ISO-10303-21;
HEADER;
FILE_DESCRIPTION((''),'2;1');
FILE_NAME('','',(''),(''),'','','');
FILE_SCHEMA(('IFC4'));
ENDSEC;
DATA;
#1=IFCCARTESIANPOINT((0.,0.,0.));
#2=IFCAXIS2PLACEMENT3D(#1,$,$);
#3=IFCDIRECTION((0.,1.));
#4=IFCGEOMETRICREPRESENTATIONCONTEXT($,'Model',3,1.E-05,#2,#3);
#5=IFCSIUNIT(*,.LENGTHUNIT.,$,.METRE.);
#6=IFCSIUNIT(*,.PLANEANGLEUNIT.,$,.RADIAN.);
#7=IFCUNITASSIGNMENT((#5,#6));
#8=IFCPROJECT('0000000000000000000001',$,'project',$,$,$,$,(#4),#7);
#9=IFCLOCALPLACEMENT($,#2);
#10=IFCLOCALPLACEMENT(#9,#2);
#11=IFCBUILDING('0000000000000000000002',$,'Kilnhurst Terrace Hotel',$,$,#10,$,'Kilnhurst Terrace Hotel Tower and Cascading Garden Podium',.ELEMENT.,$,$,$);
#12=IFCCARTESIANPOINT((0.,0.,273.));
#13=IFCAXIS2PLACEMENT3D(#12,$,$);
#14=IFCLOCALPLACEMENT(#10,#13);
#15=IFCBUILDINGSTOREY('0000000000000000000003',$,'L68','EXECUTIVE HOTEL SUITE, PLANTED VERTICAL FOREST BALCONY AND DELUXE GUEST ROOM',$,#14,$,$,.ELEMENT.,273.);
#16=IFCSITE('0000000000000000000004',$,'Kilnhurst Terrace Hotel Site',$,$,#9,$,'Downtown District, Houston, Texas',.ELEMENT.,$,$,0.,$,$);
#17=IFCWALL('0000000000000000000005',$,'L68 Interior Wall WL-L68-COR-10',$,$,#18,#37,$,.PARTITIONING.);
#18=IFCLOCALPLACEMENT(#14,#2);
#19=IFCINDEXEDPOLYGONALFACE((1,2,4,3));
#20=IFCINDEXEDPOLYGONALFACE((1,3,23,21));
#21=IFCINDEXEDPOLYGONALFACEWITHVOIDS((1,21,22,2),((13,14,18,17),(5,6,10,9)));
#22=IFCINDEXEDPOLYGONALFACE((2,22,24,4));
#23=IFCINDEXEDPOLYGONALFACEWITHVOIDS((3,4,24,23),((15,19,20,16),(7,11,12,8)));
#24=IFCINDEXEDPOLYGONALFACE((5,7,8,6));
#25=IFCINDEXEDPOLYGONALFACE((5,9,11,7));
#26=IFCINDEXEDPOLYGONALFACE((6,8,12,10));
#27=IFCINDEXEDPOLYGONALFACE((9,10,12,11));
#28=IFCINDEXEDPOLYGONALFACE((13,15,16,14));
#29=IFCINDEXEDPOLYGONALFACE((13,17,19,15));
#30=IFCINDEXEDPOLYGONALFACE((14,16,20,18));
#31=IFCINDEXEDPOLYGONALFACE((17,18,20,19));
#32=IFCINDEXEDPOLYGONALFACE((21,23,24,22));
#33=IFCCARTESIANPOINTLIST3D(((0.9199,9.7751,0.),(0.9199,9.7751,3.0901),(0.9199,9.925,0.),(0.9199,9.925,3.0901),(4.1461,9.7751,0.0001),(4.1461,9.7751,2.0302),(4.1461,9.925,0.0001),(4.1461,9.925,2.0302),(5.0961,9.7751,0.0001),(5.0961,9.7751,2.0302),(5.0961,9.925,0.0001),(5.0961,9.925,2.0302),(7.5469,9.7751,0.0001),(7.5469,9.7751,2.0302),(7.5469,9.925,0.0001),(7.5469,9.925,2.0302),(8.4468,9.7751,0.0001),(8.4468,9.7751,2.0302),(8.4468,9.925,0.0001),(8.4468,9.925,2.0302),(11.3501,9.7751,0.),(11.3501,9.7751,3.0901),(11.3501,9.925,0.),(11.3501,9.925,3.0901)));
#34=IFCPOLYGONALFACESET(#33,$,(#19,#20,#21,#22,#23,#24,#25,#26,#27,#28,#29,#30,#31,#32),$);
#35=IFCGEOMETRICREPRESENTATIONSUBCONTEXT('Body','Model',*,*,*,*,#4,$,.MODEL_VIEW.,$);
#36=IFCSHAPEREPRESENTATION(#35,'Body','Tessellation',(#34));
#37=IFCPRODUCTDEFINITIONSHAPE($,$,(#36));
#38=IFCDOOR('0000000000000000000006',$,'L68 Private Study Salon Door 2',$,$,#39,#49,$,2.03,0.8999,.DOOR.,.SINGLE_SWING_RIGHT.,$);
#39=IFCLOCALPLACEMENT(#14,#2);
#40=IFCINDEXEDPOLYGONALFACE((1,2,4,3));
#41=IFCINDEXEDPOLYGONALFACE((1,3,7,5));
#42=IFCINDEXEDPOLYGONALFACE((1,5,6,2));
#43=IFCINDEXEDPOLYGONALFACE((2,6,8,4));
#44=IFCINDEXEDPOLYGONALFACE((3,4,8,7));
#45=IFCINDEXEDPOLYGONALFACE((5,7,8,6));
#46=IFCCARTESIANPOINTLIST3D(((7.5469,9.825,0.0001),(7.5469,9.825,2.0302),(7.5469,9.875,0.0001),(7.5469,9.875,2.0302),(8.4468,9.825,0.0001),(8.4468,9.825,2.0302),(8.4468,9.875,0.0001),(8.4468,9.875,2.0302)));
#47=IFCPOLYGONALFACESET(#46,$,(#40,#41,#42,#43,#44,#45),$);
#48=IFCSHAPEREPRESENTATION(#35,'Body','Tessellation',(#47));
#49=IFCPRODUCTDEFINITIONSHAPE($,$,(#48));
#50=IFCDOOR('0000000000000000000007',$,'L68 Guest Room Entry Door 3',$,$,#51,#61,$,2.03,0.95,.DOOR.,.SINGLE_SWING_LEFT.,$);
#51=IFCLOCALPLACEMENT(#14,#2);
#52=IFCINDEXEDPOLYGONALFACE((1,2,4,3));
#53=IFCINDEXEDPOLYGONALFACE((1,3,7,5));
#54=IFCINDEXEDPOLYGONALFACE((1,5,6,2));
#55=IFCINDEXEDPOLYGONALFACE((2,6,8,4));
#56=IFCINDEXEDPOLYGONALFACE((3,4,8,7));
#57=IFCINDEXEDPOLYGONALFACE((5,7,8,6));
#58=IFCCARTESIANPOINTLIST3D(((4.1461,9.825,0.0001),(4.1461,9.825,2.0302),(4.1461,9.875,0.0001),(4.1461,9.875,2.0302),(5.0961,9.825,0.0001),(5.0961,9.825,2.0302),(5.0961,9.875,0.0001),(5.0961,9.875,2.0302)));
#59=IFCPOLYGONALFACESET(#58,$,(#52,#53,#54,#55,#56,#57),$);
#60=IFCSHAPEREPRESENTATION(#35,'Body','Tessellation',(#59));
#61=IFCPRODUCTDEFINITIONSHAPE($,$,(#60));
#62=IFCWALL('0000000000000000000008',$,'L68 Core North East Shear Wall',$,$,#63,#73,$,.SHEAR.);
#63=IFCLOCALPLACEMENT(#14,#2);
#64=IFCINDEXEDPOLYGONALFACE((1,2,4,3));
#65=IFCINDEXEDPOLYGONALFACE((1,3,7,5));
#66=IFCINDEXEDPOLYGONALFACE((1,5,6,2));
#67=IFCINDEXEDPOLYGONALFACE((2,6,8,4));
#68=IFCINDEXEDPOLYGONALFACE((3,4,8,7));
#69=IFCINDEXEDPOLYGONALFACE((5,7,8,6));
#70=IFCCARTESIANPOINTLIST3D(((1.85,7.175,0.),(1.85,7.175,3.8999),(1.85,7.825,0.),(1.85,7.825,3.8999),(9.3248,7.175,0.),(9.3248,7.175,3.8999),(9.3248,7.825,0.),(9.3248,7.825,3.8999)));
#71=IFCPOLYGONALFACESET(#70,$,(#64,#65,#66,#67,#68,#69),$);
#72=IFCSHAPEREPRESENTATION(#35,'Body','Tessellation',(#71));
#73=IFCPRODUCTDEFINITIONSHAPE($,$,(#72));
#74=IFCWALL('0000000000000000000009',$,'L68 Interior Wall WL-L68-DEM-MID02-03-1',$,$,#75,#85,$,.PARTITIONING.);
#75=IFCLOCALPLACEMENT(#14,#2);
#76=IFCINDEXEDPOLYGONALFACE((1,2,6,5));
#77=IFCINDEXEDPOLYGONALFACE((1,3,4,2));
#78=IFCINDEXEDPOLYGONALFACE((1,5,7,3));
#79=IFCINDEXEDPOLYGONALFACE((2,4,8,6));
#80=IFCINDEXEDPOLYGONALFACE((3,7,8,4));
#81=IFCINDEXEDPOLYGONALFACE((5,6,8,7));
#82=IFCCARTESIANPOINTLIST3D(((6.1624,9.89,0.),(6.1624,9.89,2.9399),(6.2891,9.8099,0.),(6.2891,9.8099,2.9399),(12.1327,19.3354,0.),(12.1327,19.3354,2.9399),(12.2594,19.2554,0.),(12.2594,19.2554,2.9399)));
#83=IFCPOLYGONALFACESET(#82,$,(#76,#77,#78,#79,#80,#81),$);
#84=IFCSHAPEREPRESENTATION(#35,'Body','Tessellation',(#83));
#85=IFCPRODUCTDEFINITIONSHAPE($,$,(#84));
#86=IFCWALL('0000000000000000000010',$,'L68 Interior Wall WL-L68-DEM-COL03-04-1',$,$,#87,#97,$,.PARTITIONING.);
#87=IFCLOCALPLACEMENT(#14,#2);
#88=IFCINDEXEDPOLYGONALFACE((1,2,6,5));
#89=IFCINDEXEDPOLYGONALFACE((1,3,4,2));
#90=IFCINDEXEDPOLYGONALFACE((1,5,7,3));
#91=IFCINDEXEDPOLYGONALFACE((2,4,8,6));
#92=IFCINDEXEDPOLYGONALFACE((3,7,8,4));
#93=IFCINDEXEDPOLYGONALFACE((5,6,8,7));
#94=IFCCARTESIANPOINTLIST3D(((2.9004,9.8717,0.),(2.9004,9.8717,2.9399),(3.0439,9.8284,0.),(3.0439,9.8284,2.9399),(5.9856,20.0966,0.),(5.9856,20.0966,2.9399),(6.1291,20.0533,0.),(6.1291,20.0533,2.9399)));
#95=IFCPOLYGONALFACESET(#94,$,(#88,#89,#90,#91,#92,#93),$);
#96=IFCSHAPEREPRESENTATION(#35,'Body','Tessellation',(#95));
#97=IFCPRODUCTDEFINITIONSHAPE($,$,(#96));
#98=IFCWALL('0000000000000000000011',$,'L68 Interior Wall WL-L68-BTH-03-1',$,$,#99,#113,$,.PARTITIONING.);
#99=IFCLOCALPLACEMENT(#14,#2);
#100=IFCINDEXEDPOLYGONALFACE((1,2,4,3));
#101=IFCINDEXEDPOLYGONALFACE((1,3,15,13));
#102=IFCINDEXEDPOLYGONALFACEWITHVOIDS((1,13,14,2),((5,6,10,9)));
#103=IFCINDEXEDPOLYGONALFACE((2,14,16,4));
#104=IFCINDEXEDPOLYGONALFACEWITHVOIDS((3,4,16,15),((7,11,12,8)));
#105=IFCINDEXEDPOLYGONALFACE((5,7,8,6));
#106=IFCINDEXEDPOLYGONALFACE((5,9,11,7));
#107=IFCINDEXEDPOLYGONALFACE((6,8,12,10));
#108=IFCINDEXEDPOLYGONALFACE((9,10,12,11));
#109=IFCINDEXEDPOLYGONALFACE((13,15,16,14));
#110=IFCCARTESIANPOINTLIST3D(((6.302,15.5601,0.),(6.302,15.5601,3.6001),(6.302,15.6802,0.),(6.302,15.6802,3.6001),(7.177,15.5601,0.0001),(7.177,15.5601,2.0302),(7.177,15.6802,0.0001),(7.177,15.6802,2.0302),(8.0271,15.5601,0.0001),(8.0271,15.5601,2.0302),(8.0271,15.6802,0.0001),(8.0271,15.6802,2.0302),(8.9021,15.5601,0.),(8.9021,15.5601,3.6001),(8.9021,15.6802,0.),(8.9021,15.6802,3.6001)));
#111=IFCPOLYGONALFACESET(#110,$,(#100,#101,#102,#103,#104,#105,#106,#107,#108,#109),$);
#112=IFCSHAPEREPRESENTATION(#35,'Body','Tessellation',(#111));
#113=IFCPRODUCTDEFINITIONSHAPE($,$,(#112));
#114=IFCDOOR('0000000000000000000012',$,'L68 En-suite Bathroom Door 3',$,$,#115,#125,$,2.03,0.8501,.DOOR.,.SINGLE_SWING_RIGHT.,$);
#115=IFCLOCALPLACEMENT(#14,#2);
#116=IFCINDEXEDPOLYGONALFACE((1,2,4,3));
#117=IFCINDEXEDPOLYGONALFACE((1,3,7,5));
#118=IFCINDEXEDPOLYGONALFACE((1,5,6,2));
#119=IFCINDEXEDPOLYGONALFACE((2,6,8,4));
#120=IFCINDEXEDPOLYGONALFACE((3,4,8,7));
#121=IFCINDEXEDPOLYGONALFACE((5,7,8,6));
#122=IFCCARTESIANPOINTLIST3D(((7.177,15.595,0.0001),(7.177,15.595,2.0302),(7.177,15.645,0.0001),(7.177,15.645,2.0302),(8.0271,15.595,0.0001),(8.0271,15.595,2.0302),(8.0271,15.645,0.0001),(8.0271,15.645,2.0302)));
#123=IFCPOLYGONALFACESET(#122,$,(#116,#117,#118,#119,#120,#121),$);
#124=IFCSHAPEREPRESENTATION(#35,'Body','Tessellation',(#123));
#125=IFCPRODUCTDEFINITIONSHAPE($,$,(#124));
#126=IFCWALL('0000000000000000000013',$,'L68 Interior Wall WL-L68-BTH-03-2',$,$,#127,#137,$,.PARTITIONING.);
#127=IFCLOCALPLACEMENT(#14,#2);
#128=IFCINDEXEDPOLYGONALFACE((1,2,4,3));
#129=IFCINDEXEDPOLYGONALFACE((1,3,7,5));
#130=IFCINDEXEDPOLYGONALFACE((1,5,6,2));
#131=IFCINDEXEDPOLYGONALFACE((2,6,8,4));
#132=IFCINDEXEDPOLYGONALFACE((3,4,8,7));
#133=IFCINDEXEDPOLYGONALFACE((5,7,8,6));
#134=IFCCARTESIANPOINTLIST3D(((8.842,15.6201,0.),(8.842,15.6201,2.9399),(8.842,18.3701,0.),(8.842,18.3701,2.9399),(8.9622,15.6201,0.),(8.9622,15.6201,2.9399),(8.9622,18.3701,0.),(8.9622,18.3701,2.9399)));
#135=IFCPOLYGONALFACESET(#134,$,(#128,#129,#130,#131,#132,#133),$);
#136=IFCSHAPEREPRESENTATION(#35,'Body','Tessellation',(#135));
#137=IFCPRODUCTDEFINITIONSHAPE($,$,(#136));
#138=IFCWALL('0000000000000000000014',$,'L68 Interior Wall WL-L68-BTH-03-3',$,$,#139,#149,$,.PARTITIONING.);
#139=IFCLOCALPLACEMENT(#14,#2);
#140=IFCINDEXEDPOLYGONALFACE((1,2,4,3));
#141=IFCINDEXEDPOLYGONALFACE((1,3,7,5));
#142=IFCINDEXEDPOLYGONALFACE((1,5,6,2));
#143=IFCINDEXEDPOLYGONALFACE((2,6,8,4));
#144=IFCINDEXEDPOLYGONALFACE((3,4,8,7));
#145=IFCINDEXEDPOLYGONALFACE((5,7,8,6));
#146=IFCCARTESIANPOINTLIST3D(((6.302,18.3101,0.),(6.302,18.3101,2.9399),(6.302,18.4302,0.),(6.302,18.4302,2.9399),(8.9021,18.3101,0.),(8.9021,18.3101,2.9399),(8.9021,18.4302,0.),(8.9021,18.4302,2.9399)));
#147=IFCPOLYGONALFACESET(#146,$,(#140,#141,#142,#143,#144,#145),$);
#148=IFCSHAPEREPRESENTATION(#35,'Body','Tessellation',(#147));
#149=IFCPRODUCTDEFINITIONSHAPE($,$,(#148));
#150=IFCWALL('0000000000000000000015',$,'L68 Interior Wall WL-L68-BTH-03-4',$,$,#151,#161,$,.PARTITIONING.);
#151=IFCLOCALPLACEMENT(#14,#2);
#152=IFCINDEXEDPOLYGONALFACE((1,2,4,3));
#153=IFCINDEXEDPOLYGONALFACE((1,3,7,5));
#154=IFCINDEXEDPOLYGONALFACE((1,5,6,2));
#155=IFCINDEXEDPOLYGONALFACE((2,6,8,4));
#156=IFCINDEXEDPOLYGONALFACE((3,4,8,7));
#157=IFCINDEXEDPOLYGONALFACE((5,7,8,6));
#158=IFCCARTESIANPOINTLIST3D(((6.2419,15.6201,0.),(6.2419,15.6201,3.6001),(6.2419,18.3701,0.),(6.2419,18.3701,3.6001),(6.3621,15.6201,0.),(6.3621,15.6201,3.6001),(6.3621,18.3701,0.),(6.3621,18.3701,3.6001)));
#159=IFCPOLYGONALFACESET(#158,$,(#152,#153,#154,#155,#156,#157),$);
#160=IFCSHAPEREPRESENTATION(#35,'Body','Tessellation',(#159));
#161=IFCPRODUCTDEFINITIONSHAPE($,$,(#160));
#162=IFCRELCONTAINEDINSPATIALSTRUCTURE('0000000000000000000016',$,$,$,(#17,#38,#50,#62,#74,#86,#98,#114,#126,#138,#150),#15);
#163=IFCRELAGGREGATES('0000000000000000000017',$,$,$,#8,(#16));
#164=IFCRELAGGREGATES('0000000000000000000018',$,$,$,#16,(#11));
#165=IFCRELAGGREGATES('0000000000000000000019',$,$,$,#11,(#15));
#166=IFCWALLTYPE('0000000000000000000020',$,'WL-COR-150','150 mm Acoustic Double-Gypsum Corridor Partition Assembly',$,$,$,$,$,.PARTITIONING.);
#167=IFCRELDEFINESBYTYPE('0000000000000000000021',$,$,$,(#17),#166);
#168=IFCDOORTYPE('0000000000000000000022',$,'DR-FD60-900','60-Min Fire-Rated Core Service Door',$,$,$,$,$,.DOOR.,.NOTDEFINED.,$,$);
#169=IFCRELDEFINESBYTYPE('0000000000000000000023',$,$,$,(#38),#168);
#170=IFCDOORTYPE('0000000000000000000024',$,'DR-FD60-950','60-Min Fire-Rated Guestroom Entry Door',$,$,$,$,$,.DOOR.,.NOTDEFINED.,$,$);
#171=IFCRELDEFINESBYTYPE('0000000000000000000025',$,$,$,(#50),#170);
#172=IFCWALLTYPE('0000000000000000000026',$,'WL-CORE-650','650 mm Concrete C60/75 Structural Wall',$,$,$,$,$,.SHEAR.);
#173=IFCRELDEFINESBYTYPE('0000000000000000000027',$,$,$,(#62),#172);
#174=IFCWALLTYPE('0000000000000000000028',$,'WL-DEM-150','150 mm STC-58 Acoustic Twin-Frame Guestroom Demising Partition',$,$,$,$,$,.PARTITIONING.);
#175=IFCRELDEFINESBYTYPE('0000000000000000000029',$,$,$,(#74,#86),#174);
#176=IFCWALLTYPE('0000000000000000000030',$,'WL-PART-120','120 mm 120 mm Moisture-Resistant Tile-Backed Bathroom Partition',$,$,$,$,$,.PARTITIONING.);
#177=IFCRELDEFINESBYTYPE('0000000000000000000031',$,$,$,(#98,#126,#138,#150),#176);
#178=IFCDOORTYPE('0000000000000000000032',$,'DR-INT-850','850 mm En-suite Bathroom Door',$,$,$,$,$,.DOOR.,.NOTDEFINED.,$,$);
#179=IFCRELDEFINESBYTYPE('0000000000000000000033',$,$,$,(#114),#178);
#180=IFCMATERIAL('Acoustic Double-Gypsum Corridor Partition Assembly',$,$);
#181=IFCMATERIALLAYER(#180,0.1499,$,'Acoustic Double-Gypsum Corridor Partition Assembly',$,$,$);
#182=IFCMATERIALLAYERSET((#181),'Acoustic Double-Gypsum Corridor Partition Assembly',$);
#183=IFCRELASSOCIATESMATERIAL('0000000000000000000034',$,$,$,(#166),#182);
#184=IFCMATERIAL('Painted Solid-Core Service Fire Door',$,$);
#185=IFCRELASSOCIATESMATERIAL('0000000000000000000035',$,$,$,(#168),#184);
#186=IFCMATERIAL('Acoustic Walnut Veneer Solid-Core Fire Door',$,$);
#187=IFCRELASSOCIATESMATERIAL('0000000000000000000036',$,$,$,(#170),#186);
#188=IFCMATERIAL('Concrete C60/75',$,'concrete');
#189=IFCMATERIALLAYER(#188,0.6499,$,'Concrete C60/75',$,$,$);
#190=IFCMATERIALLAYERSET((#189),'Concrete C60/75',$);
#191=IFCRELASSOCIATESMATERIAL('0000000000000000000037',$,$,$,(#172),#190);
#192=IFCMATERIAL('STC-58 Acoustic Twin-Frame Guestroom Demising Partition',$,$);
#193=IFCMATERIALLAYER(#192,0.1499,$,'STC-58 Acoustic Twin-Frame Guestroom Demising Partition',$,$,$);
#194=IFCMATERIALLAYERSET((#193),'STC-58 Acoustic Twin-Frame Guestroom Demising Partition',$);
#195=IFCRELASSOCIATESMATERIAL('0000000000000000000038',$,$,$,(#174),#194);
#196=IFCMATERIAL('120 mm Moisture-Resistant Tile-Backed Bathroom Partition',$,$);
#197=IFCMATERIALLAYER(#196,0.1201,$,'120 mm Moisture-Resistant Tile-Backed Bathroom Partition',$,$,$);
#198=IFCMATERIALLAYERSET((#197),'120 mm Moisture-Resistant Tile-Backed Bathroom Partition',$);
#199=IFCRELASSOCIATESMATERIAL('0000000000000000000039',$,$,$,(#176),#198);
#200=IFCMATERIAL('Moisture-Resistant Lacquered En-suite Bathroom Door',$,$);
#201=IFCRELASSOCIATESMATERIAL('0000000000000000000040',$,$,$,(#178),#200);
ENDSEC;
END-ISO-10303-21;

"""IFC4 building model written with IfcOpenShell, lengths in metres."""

from ifc_helpers import new_model, si_unit, direction, frame, frame_2d, origin, place, context, subcontext, project, spatial, rectangle, extrude, material, layer, layer_set, type_object, element, fill, save


model = new_model("IFC4")

# Units and contexts
model_context = context("Model", 3, precision=1e-05, world=origin(), true_north=direction((0.0, 1.0)))
body_context = subcontext(model_context, "Body", "Model", "MODEL_VIEW")
ifc_project = project(units=[si_unit("LENGTHUNIT", "METRE"), si_unit("PLANEANGLEUNIT", "RADIAN")], contexts=[model_context])

# Site, building, storey
site_placement = place(None, origin())
site = spatial("IfcSite", under=ifc_project, at=site_placement, Name="Kilnhurst Terrace Hotel Site", LongName="Downtown District, Houston, Texas", CompositionType="ELEMENT", RefElevation=0.0)
building_placement = place(site_placement, origin())
building = spatial("IfcBuilding", under=site, at=building_placement, Name="Kilnhurst Terrace Hotel", LongName="Kilnhurst Terrace Hotel Tower and Cascading Garden Podium", CompositionType="ELEMENT")
storey_placement = place(building_placement, frame((0.0, 0.0, 273.0)))
storey = spatial("IfcBuildingStorey", under=building, at=storey_placement, Name="L68", Description="EXECUTIVE HOTEL SUITE, PLANTED VERTICAL FOREST BALCONY AND DELUXE GUEST ROOM", CompositionType="ELEMENT", Elevation=273.0)

# Shared definitions
ifc_material_1 = material(Name="Concrete C60/75", Category="concrete")

# Shared definitions
ifc_material_2 = material(Name="Acoustic Double-Gypsum Corridor Partition Assembly")
ifc_layer_1 = layer(ifc_material_2, 0.1499, Name="Acoustic Double-Gypsum Corridor Partition Assembly")
ifc_layer_set_1 = layer_set([ifc_layer_1], Name="Acoustic Double-Gypsum Corridor Partition Assembly")
wall_type_1 = type_object("IfcWallType", Name="WL-COR-150", Description="150 mm Acoustic Double-Gypsum Corridor Partition Assembly", PredefinedType="PARTITIONING", material=ifc_layer_set_1)

# Wall, openings, doors
wall_1_placement = place(storey_placement, frame((0.9199, 9.8501, 0.0), z_axis=(0.0, 0.0, 1.0), x_axis=(1.0, 0.0, 0.0)))
wall_1 = element("IfcWall", 1, at=wall_1_placement, inside=storey, type_object=wall_type_1, Name="L68 Interior Wall WL-L68-COR-10", PredefinedType="PARTITIONING", context=body_context, shape_type="SweptSolid", body=[
    extrude(rectangle(XDim=10.4302, YDim=0.1499, at=frame_2d((5.2151, 0.0))), origin(), (0.0, 0.0, 1.0), 3.0901),
])
opening_1_placement = place(wall_1_placement, frame((6.627, 0.0, 0.0)))
opening_1 = element("IfcOpeningElement", 2, at=opening_1_placement, cuts=wall_1, PredefinedType="OPENING", context=body_context, shape_type="SweptSolid", body=[
    extrude(rectangle(XDim=0.8999, YDim=2.03, at=frame_2d((0.45, 1.0151))), frame((0.0, 0.085, 0.0), z_axis=(0.0, -1.0, 0.0), x_axis=(1.0, 0.0, 0.0)), (0.0, 0.0, 1.0), 0.1699),
])
opening_2_placement = place(wall_1_placement, frame((3.2261, 0.0, 0.0)))
opening_2 = element("IfcOpeningElement", 3, at=opening_2_placement, cuts=wall_1, PredefinedType="OPENING", context=body_context, shape_type="SweptSolid", body=[
    extrude(rectangle(XDim=0.95, YDim=2.03, at=frame_2d((0.4751, 1.0151))), frame((0.0, 0.085, 0.0), z_axis=(0.0, -1.0, 0.0), x_axis=(1.0, 0.0, 0.0)), (0.0, 0.0, 1.0), 0.1699),
])
ifc_material_3 = material(Name="Painted Solid-Core Service Fire Door")
door_type_1 = type_object("IfcDoorType", Name="DR-FD60-900", Description="60-Min Fire-Rated Core Service Door", OperationType="NOTDEFINED", PredefinedType="DOOR", material=ifc_material_3)
door_1_placement = place(opening_1_placement, origin())
door_1 = element("IfcDoor", 4, at=door_1_placement, inside=storey, type_object=door_type_1, Name="L68 Private Study Salon Door 2", OperationType="SINGLE_SWING_RIGHT", OverallHeight=2.03, OverallWidth=0.8999, PredefinedType="DOOR", context=body_context, shape_type="SweptSolid", body=[
    extrude(rectangle(XDim=0.8999, YDim=2.03, at=frame_2d((0.45, 1.0151))), frame((0.0, 0.0249, 0.0), z_axis=(0.0, -1.0, 0.0), x_axis=(1.0, 0.0, 0.0)), (0.0, 0.0, 1.0), 0.05),
])
fill(opening_1, door_1)
ifc_material_4 = material(Name="Acoustic Walnut Veneer Solid-Core Fire Door")
door_type_2 = type_object("IfcDoorType", Name="DR-FD60-950", Description="60-Min Fire-Rated Guestroom Entry Door", OperationType="NOTDEFINED", PredefinedType="DOOR", material=ifc_material_4)
door_2_placement = place(opening_2_placement, origin())
door_2 = element("IfcDoor", 5, at=door_2_placement, inside=storey, type_object=door_type_2, Name="L68 Guest Room Entry Door 3", OperationType="SINGLE_SWING_LEFT", OverallHeight=2.03, OverallWidth=0.95, PredefinedType="DOOR", context=body_context, shape_type="SweptSolid", body=[
    extrude(rectangle(XDim=0.95, YDim=2.03, at=frame_2d((0.4751, 1.0151))), frame((0.0, 0.0249, 0.0), z_axis=(0.0, -1.0, 0.0), x_axis=(1.0, 0.0, 0.0)), (0.0, 0.0, 1.0), 0.05),
])
fill(opening_2, door_2)

# Walls
ifc_layer_2 = layer(ifc_material_1, 0.6499, Name="Concrete C60/75")
ifc_layer_set_2 = layer_set([ifc_layer_2], Name="Concrete C60/75")
wall_type_2 = type_object("IfcWallType", Name="WL-CORE-650", Description="650 mm Concrete C60/75 Structural Wall", PredefinedType="SHEAR", material=ifc_layer_set_2)
wall_2_placement = place(storey_placement, frame((1.8501, 7.5, 0.0), z_axis=(0.0, 0.0, 1.0), x_axis=(1.0, 0.0, 0.0)))
element("IfcWall", 6, at=wall_2_placement, inside=storey, type_object=wall_type_2, Name="L68 Core North East Shear Wall", PredefinedType="SHEAR", context=body_context, shape_type="SweptSolid", body=[
    extrude(rectangle(XDim=7.4749, YDim=0.6499, at=frame_2d((3.7373, 0.0))), origin(), (0.0, 0.0, 1.0), 3.8999),
])
ifc_material_5 = material(Name="STC-58 Acoustic Twin-Frame Guestroom Demising Partition")
ifc_layer_3 = layer(ifc_material_5, 0.1499, Name="STC-58 Acoustic Twin-Frame Guestroom Demising Partition")
ifc_layer_set_3 = layer_set([ifc_layer_3], Name="STC-58 Acoustic Twin-Frame Guestroom Demising Partition")
wall_type_3 = type_object("IfcWallType", Name="WL-DEM-150", Description="150 mm STC-58 Acoustic Twin-Frame Guestroom Demising Partition", PredefinedType="PARTITIONING", material=ifc_layer_set_3)
wall_3_placement = place(storey_placement, frame((6.2258, 9.8501, 0.0), z_axis=(0.0, 0.0, 1.0), x_axis=(0.534297, 0.845297, 0.0)))
element("IfcWall", 7, at=wall_3_placement, inside=storey, type_object=wall_type_3, Name="L68 Interior Wall WL-L68-DEM-MID02-03-1", PredefinedType="PARTITIONING", context=body_context, shape_type="SweptSolid", body=[
    extrude(rectangle(XDim=11.1741, YDim=0.1499, at=frame_2d((5.5869, 0.0))), origin(), (0.0, 0.0, 1.0), 2.9399),
])
wall_4_placement = place(storey_placement, frame((2.9722, 9.8501, 0.0), z_axis=(0.0, 0.0, 1.0), x_axis=(0.288872, 0.957368, 0.0)))
element("IfcWall", 8, at=wall_4_placement, inside=storey, type_object=wall_type_3, Name="L68 Interior Wall WL-L68-DEM-COL03-04-1", PredefinedType="PARTITIONING", context=body_context, shape_type="SweptSolid", body=[
    extrude(rectangle(XDim=10.6802, YDim=0.1499, at=frame_2d((5.3401, 0.0))), origin(), (0.0, 0.0, 1.0), 2.9399),
])

# Wall, opening, door
ifc_material_6 = material(Name="120 mm Moisture-Resistant Tile-Backed Bathroom Partition")
ifc_layer_4 = layer(ifc_material_6, 0.1201, Name="120 mm Moisture-Resistant Tile-Backed Bathroom Partition")
ifc_layer_set_4 = layer_set([ifc_layer_4], Name="120 mm Moisture-Resistant Tile-Backed Bathroom Partition")
wall_type_4 = type_object("IfcWallType", Name="WL-PART-120", Description="120 mm 120 mm Moisture-Resistant Tile-Backed Bathroom Partition", PredefinedType="PARTITIONING", material=ifc_layer_set_4)
wall_5_placement = place(storey_placement, frame((6.302, 15.6201, 0.0), z_axis=(0.0, 0.0, 1.0), x_axis=(1.0, 0.0, 0.0)))
wall_5 = element("IfcWall", 9, at=wall_5_placement, inside=storey, type_object=wall_type_4, Name="L68 Interior Wall WL-L68-BTH-03-1", PredefinedType="PARTITIONING", context=body_context, shape_type="SweptSolid", body=[
    extrude(rectangle(XDim=2.6001, YDim=0.1201, at=frame_2d((1.3, 0.0))), origin(), (0.0, 0.0, 1.0), 3.6001),
])
opening_3_placement = place(wall_5_placement, frame((0.875, 0.0, 0.0)))
opening_3 = element("IfcOpeningElement", 10, at=opening_3_placement, cuts=wall_5, PredefinedType="OPENING", context=body_context, shape_type="SweptSolid", body=[
    extrude(rectangle(XDim=0.8501, YDim=2.03, at=frame_2d((0.425, 1.0151))), frame((0.0, 0.0701, 0.0), z_axis=(0.0, -1.0, 0.0), x_axis=(1.0, 0.0, 0.0)), (0.0, 0.0, 1.0), 0.1401),
])
ifc_material_7 = material(Name="Moisture-Resistant Lacquered En-suite Bathroom Door")
door_type_3 = type_object("IfcDoorType", Name="DR-INT-850", Description="850 mm En-suite Bathroom Door", OperationType="NOTDEFINED", PredefinedType="DOOR", material=ifc_material_7)
door_3_placement = place(opening_3_placement, origin())
door_3 = element("IfcDoor", 11, at=door_3_placement, inside=storey, type_object=door_type_3, Name="L68 En-suite Bathroom Door 3", OperationType="SINGLE_SWING_RIGHT", OverallHeight=2.03, OverallWidth=0.8501, PredefinedType="DOOR", context=body_context, shape_type="SweptSolid", body=[
    extrude(rectangle(XDim=0.8501, YDim=2.03, at=frame_2d((0.425, 1.0151))), frame((0.0, 0.0249, 0.0), z_axis=(0.0, -1.0, 0.0), x_axis=(1.0, 0.0, 0.0)), (0.0, 0.0, 1.0), 0.05),
])
fill(opening_3, door_3)

# Walls
wall_6_placement = place(storey_placement, frame((8.9021, 15.6201, 0.0), z_axis=(0.0, 0.0, 1.0), x_axis=(0.0, 1.0, 0.0)))
element("IfcWall", 12, at=wall_6_placement, inside=storey, type_object=wall_type_4, Name="L68 Interior Wall WL-L68-BTH-03-2", PredefinedType="PARTITIONING", context=body_context, shape_type="SweptSolid", body=[
    extrude(rectangle(XDim=2.75, YDim=0.1201, at=frame_2d((1.375, 0.0))), origin(), (0.0, 0.0, 1.0), 2.9399),
])
wall_7_placement = place(storey_placement, frame((8.9021, 18.3701, 0.0), z_axis=(0.0, 0.0, 1.0), x_axis=(-1.0, 0.0, 0.0)))
element("IfcWall", 13, at=wall_7_placement, inside=storey, type_object=wall_type_4, Name="L68 Interior Wall WL-L68-BTH-03-3", PredefinedType="PARTITIONING", context=body_context, shape_type="SweptSolid", body=[
    extrude(rectangle(XDim=2.6001, YDim=0.1201, at=frame_2d((1.3, 0.0))), origin(), (0.0, 0.0, 1.0), 2.9399),
])
wall_8_placement = place(storey_placement, frame((6.302, 18.3701, 0.0), z_axis=(0.0, 0.0, 1.0), x_axis=(0.0, -1.0, 0.0)))
element("IfcWall", 14, at=wall_8_placement, inside=storey, type_object=wall_type_4, Name="L68 Interior Wall WL-L68-BTH-03-4", PredefinedType="PARTITIONING", context=body_context, shape_type="SweptSolid", body=[
    extrude(rectangle(XDim=2.75, YDim=0.1201, at=frame_2d((1.375, 0.0))), origin(), (0.0, 0.0, 1.0), 3.6001),
])

save(model, "model.ifc")
